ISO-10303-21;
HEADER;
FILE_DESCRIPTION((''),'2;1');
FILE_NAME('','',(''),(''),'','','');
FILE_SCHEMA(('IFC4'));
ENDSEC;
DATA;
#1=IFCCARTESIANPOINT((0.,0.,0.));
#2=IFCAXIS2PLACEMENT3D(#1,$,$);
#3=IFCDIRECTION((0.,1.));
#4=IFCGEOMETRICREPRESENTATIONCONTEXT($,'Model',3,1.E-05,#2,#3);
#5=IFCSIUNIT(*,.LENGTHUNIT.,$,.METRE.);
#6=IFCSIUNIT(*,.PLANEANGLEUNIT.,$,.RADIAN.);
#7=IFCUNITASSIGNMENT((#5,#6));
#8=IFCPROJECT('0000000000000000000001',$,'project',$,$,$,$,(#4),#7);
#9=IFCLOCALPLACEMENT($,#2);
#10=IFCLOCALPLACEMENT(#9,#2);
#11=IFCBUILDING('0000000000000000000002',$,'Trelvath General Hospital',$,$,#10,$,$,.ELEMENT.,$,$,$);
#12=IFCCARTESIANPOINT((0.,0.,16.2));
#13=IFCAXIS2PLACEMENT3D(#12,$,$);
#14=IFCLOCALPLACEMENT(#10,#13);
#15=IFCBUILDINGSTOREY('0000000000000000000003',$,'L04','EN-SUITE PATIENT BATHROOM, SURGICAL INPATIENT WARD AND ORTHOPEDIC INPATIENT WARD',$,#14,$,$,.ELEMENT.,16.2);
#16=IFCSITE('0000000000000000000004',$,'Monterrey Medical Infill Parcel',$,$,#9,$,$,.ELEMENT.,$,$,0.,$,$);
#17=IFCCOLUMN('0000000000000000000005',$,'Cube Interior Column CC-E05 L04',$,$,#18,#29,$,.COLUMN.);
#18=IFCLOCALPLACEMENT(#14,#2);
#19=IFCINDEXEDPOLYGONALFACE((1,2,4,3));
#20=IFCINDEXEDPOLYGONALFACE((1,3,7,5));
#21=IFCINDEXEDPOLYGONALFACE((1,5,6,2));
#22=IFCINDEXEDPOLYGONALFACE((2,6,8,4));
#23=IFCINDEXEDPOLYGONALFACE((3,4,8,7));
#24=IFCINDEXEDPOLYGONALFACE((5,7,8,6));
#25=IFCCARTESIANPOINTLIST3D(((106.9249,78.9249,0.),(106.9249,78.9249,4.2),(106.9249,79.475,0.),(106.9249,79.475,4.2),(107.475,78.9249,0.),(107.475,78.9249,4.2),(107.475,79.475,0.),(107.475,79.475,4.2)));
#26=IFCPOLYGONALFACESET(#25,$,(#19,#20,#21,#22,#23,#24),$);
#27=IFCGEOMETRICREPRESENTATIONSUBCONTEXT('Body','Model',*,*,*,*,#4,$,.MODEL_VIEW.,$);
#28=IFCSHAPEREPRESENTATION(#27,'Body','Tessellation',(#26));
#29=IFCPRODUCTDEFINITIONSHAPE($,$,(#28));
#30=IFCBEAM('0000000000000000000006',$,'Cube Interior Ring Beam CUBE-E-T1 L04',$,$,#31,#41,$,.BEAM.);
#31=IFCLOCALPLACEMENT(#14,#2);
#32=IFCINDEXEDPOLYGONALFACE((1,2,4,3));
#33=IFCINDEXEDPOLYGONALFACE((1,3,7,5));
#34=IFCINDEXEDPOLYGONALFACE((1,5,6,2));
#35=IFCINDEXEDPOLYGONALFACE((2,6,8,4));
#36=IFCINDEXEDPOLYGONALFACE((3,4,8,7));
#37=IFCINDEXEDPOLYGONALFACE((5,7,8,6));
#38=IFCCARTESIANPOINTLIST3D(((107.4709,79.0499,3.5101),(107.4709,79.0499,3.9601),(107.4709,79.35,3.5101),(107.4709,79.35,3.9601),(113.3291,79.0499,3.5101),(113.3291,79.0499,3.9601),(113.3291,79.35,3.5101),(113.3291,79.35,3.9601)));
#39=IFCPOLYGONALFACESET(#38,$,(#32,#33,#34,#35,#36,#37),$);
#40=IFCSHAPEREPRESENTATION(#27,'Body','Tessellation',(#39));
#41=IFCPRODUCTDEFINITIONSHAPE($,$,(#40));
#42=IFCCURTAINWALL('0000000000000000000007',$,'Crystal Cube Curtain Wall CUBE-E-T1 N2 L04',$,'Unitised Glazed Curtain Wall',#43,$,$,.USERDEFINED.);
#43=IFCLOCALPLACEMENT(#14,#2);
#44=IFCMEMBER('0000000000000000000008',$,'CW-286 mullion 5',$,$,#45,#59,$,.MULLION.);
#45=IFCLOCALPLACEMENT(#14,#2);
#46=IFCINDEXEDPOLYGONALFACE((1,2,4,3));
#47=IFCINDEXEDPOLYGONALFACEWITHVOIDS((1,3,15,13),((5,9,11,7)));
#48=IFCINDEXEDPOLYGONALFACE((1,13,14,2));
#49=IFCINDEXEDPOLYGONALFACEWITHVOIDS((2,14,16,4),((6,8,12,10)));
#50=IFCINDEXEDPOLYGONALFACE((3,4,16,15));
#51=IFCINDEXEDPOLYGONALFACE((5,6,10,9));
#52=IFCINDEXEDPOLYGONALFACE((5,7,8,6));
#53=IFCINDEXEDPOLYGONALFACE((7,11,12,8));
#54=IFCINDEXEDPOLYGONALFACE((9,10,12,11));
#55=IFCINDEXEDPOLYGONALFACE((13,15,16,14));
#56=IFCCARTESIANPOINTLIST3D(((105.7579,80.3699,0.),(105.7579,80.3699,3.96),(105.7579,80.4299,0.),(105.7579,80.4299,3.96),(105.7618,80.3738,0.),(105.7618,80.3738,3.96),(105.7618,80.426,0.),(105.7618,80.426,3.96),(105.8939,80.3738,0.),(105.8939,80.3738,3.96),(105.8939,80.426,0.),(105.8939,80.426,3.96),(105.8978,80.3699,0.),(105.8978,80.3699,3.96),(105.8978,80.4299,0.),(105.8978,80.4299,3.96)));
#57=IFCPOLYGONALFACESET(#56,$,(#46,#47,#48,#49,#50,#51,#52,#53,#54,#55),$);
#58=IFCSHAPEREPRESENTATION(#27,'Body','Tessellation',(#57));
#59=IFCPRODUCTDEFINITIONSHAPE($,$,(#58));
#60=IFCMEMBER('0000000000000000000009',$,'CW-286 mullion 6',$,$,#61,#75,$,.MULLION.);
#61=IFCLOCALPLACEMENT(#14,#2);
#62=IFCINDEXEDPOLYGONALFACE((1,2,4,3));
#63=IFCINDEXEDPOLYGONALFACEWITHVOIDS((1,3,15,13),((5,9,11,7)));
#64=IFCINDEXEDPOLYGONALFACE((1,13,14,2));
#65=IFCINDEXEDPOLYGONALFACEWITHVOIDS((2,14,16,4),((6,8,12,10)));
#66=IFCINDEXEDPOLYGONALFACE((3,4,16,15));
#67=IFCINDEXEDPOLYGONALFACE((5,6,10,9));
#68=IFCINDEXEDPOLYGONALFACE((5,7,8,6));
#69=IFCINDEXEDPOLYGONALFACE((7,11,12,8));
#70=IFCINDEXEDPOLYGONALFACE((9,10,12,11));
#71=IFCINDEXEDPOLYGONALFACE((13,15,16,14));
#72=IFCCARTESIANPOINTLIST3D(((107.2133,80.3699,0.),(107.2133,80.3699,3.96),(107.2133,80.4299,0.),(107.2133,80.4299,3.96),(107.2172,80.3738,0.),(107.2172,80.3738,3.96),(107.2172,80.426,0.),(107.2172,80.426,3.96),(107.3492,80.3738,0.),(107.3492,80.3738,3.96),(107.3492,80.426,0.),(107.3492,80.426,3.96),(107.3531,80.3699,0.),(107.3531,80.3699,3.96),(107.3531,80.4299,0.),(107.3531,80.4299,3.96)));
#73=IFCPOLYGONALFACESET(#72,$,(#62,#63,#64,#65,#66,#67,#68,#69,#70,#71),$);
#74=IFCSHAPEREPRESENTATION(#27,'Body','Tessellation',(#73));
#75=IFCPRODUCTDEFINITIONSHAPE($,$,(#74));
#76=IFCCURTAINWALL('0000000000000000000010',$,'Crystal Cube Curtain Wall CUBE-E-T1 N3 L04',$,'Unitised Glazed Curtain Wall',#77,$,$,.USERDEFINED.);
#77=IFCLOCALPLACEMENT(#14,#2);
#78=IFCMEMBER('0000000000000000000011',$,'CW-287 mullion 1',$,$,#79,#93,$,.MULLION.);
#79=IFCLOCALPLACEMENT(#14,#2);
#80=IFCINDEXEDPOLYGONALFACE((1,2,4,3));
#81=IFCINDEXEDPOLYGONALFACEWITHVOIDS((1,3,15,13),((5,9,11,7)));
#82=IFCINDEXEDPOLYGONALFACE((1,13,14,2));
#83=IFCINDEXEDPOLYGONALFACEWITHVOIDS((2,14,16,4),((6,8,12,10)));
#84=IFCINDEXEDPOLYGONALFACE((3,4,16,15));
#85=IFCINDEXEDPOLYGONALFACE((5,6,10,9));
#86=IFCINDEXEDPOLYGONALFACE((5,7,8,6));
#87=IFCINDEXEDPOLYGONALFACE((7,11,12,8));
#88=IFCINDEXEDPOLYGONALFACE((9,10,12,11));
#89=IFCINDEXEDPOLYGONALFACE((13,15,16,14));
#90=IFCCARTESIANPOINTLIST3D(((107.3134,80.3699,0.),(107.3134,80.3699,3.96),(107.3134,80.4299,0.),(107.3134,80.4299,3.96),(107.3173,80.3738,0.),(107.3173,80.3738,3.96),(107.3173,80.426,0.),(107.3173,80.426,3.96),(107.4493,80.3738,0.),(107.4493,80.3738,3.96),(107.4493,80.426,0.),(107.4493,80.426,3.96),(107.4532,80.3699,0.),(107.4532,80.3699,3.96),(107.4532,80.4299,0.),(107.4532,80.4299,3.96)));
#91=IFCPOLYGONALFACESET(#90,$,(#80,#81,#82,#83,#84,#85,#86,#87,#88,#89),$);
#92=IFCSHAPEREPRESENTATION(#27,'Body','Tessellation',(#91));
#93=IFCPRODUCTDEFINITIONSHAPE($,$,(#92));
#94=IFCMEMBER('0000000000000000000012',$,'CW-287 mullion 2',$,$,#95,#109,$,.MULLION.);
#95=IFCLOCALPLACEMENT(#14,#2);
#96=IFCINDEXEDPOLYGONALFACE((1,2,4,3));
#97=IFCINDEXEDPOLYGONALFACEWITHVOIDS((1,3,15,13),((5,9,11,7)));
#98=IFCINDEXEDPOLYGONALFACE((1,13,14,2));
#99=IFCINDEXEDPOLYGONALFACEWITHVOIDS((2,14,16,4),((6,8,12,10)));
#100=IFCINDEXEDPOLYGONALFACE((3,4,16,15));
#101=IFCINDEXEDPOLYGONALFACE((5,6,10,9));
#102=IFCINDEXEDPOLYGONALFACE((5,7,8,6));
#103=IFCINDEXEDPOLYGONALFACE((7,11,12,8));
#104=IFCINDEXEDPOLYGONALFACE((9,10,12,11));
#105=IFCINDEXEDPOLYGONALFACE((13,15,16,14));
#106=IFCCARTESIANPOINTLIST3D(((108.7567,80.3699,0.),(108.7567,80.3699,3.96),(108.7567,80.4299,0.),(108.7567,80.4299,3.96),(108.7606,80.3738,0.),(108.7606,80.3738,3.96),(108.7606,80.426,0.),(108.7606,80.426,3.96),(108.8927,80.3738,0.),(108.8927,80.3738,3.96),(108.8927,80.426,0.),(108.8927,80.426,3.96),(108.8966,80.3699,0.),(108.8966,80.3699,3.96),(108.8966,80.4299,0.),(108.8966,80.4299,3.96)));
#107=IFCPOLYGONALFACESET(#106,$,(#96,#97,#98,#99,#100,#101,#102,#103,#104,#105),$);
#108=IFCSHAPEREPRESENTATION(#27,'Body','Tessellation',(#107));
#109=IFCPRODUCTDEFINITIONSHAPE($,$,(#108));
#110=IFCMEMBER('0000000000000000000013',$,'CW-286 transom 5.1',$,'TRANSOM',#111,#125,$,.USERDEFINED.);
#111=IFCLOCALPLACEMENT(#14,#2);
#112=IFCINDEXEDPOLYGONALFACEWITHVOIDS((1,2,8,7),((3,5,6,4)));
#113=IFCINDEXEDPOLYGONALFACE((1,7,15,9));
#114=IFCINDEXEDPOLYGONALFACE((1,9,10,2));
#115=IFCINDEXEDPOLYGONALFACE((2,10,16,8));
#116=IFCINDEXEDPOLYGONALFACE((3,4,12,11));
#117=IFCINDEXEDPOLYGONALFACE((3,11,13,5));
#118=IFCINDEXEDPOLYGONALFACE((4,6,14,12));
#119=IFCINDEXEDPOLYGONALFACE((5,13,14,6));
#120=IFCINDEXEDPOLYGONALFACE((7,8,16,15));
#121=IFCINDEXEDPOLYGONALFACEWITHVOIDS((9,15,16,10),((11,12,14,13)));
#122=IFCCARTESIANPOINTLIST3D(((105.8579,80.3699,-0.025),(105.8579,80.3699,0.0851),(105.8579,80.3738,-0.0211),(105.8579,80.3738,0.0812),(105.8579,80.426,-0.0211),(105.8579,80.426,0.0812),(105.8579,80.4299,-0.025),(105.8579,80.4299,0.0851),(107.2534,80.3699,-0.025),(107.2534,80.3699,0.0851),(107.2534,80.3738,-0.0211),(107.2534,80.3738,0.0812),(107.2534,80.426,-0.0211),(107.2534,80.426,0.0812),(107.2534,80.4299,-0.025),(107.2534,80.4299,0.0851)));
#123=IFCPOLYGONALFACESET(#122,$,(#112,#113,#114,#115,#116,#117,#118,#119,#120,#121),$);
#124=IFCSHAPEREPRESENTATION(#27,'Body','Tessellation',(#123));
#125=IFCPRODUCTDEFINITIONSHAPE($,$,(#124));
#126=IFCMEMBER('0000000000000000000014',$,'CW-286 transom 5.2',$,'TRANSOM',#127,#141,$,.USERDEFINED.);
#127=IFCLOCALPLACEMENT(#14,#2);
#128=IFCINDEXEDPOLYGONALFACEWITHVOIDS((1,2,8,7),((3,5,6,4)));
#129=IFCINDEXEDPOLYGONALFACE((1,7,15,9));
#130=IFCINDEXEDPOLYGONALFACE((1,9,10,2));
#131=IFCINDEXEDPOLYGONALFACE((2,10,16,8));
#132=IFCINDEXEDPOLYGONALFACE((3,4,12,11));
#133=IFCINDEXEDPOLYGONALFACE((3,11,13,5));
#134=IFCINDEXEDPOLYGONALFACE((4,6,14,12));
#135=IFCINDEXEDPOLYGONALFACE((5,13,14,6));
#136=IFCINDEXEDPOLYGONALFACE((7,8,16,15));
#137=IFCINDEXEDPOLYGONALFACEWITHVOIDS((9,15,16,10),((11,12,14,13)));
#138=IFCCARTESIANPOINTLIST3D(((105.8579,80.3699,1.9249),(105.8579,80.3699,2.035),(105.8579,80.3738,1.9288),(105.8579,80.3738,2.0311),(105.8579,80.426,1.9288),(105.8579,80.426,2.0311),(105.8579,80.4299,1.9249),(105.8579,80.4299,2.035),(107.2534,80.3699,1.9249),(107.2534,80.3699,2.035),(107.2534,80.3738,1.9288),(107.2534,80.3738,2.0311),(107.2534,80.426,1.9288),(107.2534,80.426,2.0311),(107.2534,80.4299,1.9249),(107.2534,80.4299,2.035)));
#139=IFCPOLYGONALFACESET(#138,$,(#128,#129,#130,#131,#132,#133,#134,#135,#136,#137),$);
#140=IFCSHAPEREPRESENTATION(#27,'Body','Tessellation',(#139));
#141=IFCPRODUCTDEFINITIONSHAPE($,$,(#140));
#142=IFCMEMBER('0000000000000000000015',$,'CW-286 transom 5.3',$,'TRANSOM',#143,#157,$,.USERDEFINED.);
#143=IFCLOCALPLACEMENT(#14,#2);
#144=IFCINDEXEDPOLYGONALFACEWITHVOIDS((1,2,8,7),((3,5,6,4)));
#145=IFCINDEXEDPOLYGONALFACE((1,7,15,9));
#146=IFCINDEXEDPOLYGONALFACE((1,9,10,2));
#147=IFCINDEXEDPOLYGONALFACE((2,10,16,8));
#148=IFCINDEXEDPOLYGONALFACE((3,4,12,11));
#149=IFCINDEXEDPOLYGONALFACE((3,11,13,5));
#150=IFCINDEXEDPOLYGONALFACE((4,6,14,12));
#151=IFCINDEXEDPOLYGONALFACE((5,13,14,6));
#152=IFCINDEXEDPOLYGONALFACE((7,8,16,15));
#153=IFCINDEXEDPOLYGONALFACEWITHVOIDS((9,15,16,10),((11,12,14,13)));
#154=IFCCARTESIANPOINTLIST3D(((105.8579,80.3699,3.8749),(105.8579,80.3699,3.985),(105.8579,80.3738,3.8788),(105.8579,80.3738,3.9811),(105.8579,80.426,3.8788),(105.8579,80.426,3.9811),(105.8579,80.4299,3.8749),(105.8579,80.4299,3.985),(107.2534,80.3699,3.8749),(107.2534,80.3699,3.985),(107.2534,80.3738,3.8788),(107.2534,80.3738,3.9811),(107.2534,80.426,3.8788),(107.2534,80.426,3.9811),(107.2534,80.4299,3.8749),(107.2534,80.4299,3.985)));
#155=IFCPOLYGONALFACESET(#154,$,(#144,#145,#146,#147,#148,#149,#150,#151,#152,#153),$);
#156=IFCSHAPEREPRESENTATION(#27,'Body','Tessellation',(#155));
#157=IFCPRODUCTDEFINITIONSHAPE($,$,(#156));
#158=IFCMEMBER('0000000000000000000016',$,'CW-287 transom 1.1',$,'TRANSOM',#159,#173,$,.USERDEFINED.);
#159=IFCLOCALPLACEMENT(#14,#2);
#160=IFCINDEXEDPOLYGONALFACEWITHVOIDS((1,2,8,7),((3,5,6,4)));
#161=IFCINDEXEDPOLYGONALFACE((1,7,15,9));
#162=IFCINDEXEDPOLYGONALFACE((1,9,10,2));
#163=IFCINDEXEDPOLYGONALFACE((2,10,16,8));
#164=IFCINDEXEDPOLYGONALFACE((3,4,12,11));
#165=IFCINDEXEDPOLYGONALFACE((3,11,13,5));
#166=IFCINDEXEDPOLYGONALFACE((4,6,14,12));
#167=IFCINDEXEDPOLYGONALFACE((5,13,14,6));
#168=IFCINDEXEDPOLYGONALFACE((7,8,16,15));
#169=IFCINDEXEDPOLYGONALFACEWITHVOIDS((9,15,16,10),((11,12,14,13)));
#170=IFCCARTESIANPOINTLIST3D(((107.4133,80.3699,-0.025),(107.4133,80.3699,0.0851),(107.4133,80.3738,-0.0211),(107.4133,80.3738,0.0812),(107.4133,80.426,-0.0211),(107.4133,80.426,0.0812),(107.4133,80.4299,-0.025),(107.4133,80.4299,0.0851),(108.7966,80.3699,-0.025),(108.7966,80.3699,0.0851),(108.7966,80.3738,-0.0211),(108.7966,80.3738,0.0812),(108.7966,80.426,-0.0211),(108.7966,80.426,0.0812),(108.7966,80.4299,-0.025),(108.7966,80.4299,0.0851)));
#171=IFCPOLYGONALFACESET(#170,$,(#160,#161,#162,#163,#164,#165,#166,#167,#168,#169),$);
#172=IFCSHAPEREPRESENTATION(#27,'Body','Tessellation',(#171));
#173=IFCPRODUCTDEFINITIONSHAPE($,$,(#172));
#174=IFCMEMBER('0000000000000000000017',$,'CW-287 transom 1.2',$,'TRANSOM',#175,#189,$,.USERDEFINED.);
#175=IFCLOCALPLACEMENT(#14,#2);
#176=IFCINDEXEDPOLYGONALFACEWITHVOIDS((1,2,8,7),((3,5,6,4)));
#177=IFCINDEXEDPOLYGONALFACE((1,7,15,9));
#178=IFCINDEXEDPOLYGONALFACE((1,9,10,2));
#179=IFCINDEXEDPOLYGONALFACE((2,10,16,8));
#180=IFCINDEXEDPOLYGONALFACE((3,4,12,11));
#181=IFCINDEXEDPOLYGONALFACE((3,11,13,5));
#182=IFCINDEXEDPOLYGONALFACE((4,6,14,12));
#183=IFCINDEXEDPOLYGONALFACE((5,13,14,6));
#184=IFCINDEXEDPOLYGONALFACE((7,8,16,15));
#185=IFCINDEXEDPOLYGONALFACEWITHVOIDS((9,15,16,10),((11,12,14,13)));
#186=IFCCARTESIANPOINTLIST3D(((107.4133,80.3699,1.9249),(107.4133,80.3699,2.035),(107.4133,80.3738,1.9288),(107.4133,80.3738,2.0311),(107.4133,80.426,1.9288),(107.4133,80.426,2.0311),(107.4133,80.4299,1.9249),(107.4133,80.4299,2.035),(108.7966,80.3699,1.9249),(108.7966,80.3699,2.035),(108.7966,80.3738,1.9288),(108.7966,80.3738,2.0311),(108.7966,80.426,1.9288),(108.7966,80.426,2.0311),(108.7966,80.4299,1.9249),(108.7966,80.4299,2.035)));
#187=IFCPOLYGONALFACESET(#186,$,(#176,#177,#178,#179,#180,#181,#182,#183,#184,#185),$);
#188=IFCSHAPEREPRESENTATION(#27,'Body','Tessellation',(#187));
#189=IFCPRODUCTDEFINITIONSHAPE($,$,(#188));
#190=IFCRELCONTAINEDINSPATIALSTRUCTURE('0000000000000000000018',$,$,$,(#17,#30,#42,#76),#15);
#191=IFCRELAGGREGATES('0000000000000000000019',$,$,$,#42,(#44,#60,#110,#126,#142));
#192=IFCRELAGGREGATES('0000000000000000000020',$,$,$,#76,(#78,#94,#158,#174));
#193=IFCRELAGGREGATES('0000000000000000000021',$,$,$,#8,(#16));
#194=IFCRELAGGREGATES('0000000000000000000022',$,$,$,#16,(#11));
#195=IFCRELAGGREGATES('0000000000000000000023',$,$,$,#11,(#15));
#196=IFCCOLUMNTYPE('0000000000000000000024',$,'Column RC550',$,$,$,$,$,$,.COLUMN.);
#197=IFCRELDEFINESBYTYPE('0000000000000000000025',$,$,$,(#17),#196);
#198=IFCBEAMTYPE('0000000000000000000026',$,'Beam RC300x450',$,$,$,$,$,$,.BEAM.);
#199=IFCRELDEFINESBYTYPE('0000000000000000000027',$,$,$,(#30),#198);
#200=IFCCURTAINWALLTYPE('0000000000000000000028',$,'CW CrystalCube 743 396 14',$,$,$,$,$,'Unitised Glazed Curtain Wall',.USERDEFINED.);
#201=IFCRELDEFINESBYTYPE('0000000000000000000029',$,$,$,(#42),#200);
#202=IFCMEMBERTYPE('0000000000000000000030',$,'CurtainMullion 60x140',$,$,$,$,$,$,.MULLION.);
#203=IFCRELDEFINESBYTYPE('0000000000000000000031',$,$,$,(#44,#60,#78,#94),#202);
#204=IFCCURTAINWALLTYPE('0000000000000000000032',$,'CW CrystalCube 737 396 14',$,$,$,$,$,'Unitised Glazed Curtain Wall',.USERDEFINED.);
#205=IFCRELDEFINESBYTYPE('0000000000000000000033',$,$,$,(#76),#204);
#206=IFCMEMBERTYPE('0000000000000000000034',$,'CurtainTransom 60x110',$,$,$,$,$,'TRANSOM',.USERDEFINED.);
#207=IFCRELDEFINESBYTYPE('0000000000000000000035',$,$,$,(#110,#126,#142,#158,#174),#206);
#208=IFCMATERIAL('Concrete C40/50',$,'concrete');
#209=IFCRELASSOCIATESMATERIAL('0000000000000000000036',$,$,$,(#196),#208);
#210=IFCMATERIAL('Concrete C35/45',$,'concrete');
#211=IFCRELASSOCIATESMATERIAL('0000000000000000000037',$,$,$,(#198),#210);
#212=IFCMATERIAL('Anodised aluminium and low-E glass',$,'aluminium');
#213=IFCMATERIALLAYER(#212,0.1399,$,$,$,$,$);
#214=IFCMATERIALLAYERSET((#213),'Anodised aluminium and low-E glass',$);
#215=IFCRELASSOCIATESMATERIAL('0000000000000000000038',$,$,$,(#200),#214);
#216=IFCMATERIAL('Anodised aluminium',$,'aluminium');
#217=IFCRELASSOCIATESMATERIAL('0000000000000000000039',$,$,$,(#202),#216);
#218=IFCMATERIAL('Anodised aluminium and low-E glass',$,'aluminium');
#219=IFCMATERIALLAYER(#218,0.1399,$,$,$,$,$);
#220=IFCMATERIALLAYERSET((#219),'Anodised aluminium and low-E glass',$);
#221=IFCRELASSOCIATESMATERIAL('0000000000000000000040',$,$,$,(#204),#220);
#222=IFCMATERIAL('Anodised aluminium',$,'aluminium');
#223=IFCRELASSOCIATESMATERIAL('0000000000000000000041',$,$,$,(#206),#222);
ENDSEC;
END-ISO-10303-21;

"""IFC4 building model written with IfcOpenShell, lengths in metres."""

from ifc_helpers import new_model, si_unit, direction, frame, origin, origin_2d, place, context, subcontext, project, spatial, rectangle, hollow_rectangle, extrude, material, layer, layer_set, material_profile, profile_set, type_object, element, aggregate, save


model = new_model("IFC4")

# Units and contexts
model_context = context("Model", 3, precision=1e-05, world=origin(), true_north=direction((0.0, 1.0)))
body_context = subcontext(model_context, "Body", "Model", "MODEL_VIEW")
ifc_project = project(units=[si_unit("LENGTHUNIT", "METRE"), si_unit("PLANEANGLEUNIT", "RADIAN")], contexts=[model_context])

# Site, building, storey
site_placement = place(None, origin())
site = spatial("IfcSite", under=ifc_project, at=site_placement, Name="Monterrey Medical Infill Parcel", CompositionType="ELEMENT", RefElevation=0.0)
building_placement = place(site_placement, origin())
building = spatial("IfcBuilding", under=site, at=building_placement, Name="Trelvath General Hospital", CompositionType="ELEMENT")
storey_placement = place(building_placement, frame((0.0, 0.0, 16.2)))
storey = spatial("IfcBuildingStorey", under=building, at=storey_placement, Name="L04", Description="EN-SUITE PATIENT BATHROOM, SURGICAL INPATIENT WARD AND ORTHOPEDIC INPATIENT WARD", CompositionType="ELEMENT", Elevation=16.2)

# Column
ifc_material_1 = material(Name="Concrete C40/50", Category="concrete")
ifc_material_profile_1 = material_profile(ifc_material_1, rectangle(XDim=0.55, YDim=0.55, at=origin_2d()), Name="RC550x550")
ifc_profile_set_1 = profile_set([ifc_material_profile_1], Name="Concrete C40/50")
column_type = type_object("IfcColumnType", Name="Column RC550", PredefinedType="COLUMN", material=ifc_profile_set_1)
column_placement = place(storey_placement, frame((107.2, 79.2, 0.0), z_axis=(0.0, 0.0, 1.0), x_axis=(1.0, 0.0, 0.0)))
element("IfcColumn", 1, at=column_placement, inside=storey, type_object=column_type, Name="Cube Interior Column CC-E05 L04", PredefinedType="COLUMN", context=body_context, shape_type="SweptSolid", body=[
    extrude(rectangle(XDim=0.55, YDim=0.55, at=origin_2d()), origin(), (0.0, 0.0, 1.0), 4.2),
])

# Beam
ifc_material_2 = material(Name="Concrete C35/45", Category="concrete")
ifc_material_profile_2 = material_profile(ifc_material_2, rectangle(XDim=0.3, YDim=0.45, at=origin_2d()), Name="RCB300x450")
ifc_profile_set_2 = profile_set([ifc_material_profile_2], Name="Concrete C35/45")
beam_type = type_object("IfcBeamType", Name="Beam RC300x450", PredefinedType="BEAM", material=ifc_profile_set_2)
beam_placement = place(storey_placement, frame((107.4709, 79.2, 3.7351), z_axis=(1.0, 0.0, 0.0), x_axis=(0.0, 1.0, 0.0)))
element("IfcBeam", 2, at=beam_placement, inside=storey, type_object=beam_type, Name="Cube Interior Ring Beam CUBE-E-T1 L04", PredefinedType="BEAM", context=body_context, shape_type="SweptSolid", body=[
    extrude(rectangle(XDim=0.3, YDim=0.45, at=origin_2d()), origin(), (0.0, 0.0, 1.0), 5.8582),
])

# Curtain walls, members
ifc_material_3 = material(Name="Anodised aluminium and low-E glass", Category="aluminium")
ifc_layer_1 = layer(ifc_material_3, 0.1399)
ifc_layer_set_1 = layer_set([ifc_layer_1], Name="Anodised aluminium and low-E glass")
curtain_wall_type_1 = type_object("IfcCurtainWallType", Name="CW CrystalCube 743 396 14", ElementType="Unitised Glazed Curtain Wall", PredefinedType="USERDEFINED", material=ifc_layer_set_1)
curtain_wall_1_placement = place(storey_placement, origin())
curtain_wall_1 = element("IfcCurtainWall", 3, at=curtain_wall_1_placement, inside=storey, type_object=curtain_wall_type_1, Name="Crystal Cube Curtain Wall CUBE-E-T1 N2 L04", ObjectType="Unitised Glazed Curtain Wall", PredefinedType="USERDEFINED")
ifc_material_4 = material(Name="Anodised aluminium", Category="aluminium")
ifc_material_profile_3 = material_profile(ifc_material_4, hollow_rectangle(XDim=0.0601, YDim=0.1399, WallThickness=0.0039, at=origin_2d()), Name="RHS60x140x4")
ifc_profile_set_3 = profile_set([ifc_material_profile_3], Name="Anodised aluminium")
member_type_1 = type_object("IfcMemberType", Name="CurtainMullion 60x140", PredefinedType="MULLION", material=ifc_profile_set_3)
member_1_placement = place(storey_placement, frame((105.8279, 80.3999, 0.0), z_axis=(0.0, 0.0, 1.0), x_axis=(0.0, 1.0, 0.0)))
member_1 = element("IfcMember", 4, at=member_1_placement, type_object=member_type_1, Name="CW-286 mullion 5", PredefinedType="MULLION", context=body_context, shape_type="SweptSolid", body=[
    extrude(hollow_rectangle(XDim=0.0601, YDim=0.1399, WallThickness=0.0039, at=origin_2d()), origin(), (0.0, 0.0, 1.0), 3.96),
])
member_2_placement = place(storey_placement, frame((107.2832, 80.3999, 0.0), z_axis=(0.0, 0.0, 1.0), x_axis=(0.0, 1.0, 0.0)))
member_2 = element("IfcMember", 5, at=member_2_placement, type_object=member_type_1, Name="CW-286 mullion 6", PredefinedType="MULLION", context=body_context, shape_type="SweptSolid", body=[
    extrude(hollow_rectangle(XDim=0.0601, YDim=0.1399, WallThickness=0.0039, at=origin_2d()), origin(), (0.0, 0.0, 1.0), 3.96),
])
ifc_material_5 = material(Name="Anodised aluminium and low-E glass", Category="aluminium")
ifc_layer_2 = layer(ifc_material_5, 0.1399)
ifc_layer_set_2 = layer_set([ifc_layer_2], Name="Anodised aluminium and low-E glass")
curtain_wall_type_2 = type_object("IfcCurtainWallType", Name="CW CrystalCube 737 396 14", ElementType="Unitised Glazed Curtain Wall", PredefinedType="USERDEFINED", material=ifc_layer_set_2)
curtain_wall_2_placement = place(storey_placement, origin())
curtain_wall_2 = element("IfcCurtainWall", 6, at=curtain_wall_2_placement, inside=storey, type_object=curtain_wall_type_2, Name="Crystal Cube Curtain Wall CUBE-E-T1 N3 L04", ObjectType="Unitised Glazed Curtain Wall", PredefinedType="USERDEFINED")
member_3_placement = place(storey_placement, frame((107.3833, 80.3999, 0.0), z_axis=(0.0, 0.0, 1.0), x_axis=(0.0, 1.0, 0.0)))
member_3 = element("IfcMember", 7, at=member_3_placement, type_object=member_type_1, Name="CW-287 mullion 1", PredefinedType="MULLION", context=body_context, shape_type="SweptSolid", body=[
    extrude(hollow_rectangle(XDim=0.0601, YDim=0.1399, WallThickness=0.0039, at=origin_2d()), origin(), (0.0, 0.0, 1.0), 3.96),
])
member_4_placement = place(storey_placement, frame((108.8267, 80.3999, 0.0), z_axis=(0.0, 0.0, 1.0), x_axis=(0.0, 1.0, 0.0)))
member_4 = element("IfcMember", 8, at=member_4_placement, type_object=member_type_1, Name="CW-287 mullion 2", PredefinedType="MULLION", context=body_context, shape_type="SweptSolid", body=[
    extrude(hollow_rectangle(XDim=0.0601, YDim=0.1399, WallThickness=0.0039, at=origin_2d()), origin(), (0.0, 0.0, 1.0), 3.96),
])

# Members
ifc_material_6 = material(Name="Anodised aluminium", Category="aluminium")
ifc_material_profile_4 = material_profile(ifc_material_6, hollow_rectangle(XDim=0.0601, YDim=0.1101, WallThickness=0.0039, at=origin_2d()), Name="RHS60x110x4")
ifc_profile_set_4 = profile_set([ifc_material_profile_4], Name="Anodised aluminium")
member_type_2 = type_object("IfcMemberType", Name="CurtainTransom 60x110", ElementType="TRANSOM", PredefinedType="USERDEFINED", material=ifc_profile_set_4)
member_5_placement = place(storey_placement, frame((105.8579, 80.3999, 0.03), z_axis=(1.0, 0.0, 0.0), x_axis=(0.0, 1.0, 0.0)))
member_5 = element("IfcMember", 9, at=member_5_placement, type_object=member_type_2, Name="CW-286 transom 5.1", ObjectType="TRANSOM", PredefinedType="USERDEFINED", context=body_context, shape_type="SweptSolid", body=[
    extrude(hollow_rectangle(XDim=0.0601, YDim=0.1101, WallThickness=0.0039, at=origin_2d()), origin(), (0.0, 0.0, 1.0), 1.3955),
])
member_6_placement = place(storey_placement, frame((105.8579, 80.3999, 1.98), z_axis=(1.0, 0.0, 0.0), x_axis=(0.0, 1.0, 0.0)))
member_6 = element("IfcMember", 10, at=member_6_placement, type_object=member_type_2, Name="CW-286 transom 5.2", ObjectType="TRANSOM", PredefinedType="USERDEFINED", context=body_context, shape_type="SweptSolid", body=[
    extrude(hollow_rectangle(XDim=0.0601, YDim=0.1101, WallThickness=0.0039, at=origin_2d()), origin(), (0.0, 0.0, 1.0), 1.3955),
])
member_7_placement = place(storey_placement, frame((105.8579, 80.3999, 3.9299), z_axis=(1.0, 0.0, 0.0), x_axis=(0.0, 1.0, 0.0)))
member_7 = element("IfcMember", 11, at=member_7_placement, type_object=member_type_2, Name="CW-286 transom 5.3", ObjectType="TRANSOM", PredefinedType="USERDEFINED", context=body_context, shape_type="SweptSolid", body=[
    extrude(hollow_rectangle(XDim=0.0601, YDim=0.1101, WallThickness=0.0039, at=origin_2d()), origin(), (0.0, 0.0, 1.0), 1.3955),
])
member_8_placement = place(storey_placement, frame((107.4133, 80.3999, 0.03), z_axis=(1.0, 0.0, 0.0), x_axis=(0.0, 1.0, 0.0)))
member_8 = element("IfcMember", 12, at=member_8_placement, type_object=member_type_2, Name="CW-287 transom 1.1", ObjectType="TRANSOM", PredefinedType="USERDEFINED", context=body_context, shape_type="SweptSolid", body=[
    extrude(hollow_rectangle(XDim=0.0601, YDim=0.1101, WallThickness=0.0039, at=origin_2d()), origin(), (0.0, 0.0, 1.0), 1.3833),
])
member_9_placement = place(storey_placement, frame((107.4133, 80.3999, 1.98), z_axis=(1.0, 0.0, 0.0), x_axis=(0.0, 1.0, 0.0)))
member_9 = element("IfcMember", 13, at=member_9_placement, type_object=member_type_2, Name="CW-287 transom 1.2", ObjectType="TRANSOM", PredefinedType="USERDEFINED", context=body_context, shape_type="SweptSolid", body=[
    extrude(hollow_rectangle(XDim=0.0601, YDim=0.1101, WallThickness=0.0039, at=origin_2d()), origin(), (0.0, 0.0, 1.0), 1.3833),
])

aggregate(curtain_wall_1, [member_1, member_2, member_5, member_6, member_7])
aggregate(curtain_wall_2, [member_3, member_4, member_8, member_9])

save(model, "model.ifc")
